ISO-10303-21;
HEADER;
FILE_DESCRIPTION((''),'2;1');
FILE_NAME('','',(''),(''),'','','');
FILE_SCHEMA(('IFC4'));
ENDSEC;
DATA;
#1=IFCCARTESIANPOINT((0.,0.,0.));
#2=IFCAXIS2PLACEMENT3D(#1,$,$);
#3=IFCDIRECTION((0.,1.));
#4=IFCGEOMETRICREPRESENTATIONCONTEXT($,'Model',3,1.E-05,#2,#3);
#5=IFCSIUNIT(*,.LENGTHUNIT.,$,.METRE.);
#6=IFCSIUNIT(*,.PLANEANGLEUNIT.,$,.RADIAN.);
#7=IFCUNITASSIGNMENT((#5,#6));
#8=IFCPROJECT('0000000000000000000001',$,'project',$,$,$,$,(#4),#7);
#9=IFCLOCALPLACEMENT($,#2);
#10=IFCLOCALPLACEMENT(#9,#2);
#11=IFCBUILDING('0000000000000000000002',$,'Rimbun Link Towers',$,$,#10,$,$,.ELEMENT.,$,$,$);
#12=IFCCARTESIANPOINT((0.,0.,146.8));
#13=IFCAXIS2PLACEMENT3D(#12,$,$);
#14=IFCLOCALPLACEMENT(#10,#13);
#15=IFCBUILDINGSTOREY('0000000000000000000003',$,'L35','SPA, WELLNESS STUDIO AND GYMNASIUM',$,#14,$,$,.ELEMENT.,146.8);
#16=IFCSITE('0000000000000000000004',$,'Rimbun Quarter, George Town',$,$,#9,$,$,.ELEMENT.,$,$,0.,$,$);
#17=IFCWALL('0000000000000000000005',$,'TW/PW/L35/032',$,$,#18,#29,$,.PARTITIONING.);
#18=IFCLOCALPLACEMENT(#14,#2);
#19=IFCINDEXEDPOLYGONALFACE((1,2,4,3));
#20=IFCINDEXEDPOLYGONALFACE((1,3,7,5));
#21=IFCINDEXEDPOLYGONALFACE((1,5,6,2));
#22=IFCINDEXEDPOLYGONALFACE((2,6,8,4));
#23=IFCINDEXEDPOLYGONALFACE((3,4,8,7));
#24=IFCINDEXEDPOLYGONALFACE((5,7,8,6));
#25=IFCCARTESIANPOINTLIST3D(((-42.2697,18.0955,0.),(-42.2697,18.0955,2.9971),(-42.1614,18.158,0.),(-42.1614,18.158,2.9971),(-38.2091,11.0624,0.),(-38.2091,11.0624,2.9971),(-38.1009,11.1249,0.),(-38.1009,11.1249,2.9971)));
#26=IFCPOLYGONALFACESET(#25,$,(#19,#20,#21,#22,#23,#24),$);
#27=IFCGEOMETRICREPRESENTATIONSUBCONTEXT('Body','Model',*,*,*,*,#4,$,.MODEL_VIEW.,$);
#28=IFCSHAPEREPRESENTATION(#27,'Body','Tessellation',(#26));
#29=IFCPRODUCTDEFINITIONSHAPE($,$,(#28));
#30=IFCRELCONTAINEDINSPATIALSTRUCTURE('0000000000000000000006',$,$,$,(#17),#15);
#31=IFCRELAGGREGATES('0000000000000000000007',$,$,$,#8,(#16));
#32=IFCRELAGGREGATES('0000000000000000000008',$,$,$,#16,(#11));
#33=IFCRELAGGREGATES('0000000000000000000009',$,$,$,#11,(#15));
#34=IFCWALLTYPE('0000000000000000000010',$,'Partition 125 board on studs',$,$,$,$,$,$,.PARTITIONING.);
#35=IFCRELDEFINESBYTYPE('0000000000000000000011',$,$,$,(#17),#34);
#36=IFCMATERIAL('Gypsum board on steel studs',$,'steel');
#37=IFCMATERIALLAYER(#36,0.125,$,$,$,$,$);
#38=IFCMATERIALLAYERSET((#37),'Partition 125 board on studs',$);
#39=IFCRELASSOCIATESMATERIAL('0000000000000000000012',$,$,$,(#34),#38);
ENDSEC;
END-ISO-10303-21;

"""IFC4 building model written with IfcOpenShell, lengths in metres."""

from ifc_helpers import new_model, si_unit, direction, frame, frame_2d, origin, place, context, subcontext, project, spatial, rectangle, extrude, material, layer, layer_set, type_object, element, save


model = new_model("IFC4")

# Units and contexts
model_context = context("Model", 3, precision=1e-05, world=origin(), true_north=direction((0.0, 1.0)))
body_context = subcontext(model_context, "Body", "Model", "MODEL_VIEW")
ifc_project = project(units=[si_unit("LENGTHUNIT", "METRE"), si_unit("PLANEANGLEUNIT", "RADIAN")], contexts=[model_context])

# Site, building, storey
site_placement = place(None, origin())
site = spatial("IfcSite", under=ifc_project, at=site_placement, Name="Rimbun Quarter, George Town", CompositionType="ELEMENT", RefElevation=0.0)
building_placement = place(site_placement, origin())
building = spatial("IfcBuilding", under=site, at=building_placement, Name="Rimbun Link Towers", CompositionType="ELEMENT")
storey_placement = place(building_placement, frame((0.0, 0.0, 146.8)))
storey = spatial("IfcBuildingStorey", under=building, at=storey_placement, Name="L35", Description="SPA, WELLNESS STUDIO AND GYMNASIUM", CompositionType="ELEMENT", Elevation=146.8)

# Wall
ifc_material_1 = material(Name="Gypsum board on steel studs", Category="steel")
ifc_layer_1 = layer(ifc_material_1, 0.125)
ifc_layer_set_1 = layer_set([ifc_layer_1], Name="Partition 125 board on studs")
wall_type_1 = type_object("IfcWallType", Name="Partition 125 board on studs", PredefinedType="PARTITIONING", material=ifc_layer_set_1)
wall_1_placement = place(storey_placement, frame((-42.2156, 18.1267, 0.0), z_axis=(0.0, 0.0, 1.0), x_axis=(0.500006, -0.866022, 0.0)))
element("IfcWall", 1, at=wall_1_placement, inside=storey, type_object=wall_type_1, Name="TW/PW/L35/032", PredefinedType="PARTITIONING", context=body_context, shape_type="SweptSolid", body=[
    extrude(rectangle(XDim=8.1211, YDim=0.125, at=frame_2d((4.0605, 0.0))), origin(), (0.0, 0.0, 1.0), 2.9971),
])

save(model, "model.ifc")
